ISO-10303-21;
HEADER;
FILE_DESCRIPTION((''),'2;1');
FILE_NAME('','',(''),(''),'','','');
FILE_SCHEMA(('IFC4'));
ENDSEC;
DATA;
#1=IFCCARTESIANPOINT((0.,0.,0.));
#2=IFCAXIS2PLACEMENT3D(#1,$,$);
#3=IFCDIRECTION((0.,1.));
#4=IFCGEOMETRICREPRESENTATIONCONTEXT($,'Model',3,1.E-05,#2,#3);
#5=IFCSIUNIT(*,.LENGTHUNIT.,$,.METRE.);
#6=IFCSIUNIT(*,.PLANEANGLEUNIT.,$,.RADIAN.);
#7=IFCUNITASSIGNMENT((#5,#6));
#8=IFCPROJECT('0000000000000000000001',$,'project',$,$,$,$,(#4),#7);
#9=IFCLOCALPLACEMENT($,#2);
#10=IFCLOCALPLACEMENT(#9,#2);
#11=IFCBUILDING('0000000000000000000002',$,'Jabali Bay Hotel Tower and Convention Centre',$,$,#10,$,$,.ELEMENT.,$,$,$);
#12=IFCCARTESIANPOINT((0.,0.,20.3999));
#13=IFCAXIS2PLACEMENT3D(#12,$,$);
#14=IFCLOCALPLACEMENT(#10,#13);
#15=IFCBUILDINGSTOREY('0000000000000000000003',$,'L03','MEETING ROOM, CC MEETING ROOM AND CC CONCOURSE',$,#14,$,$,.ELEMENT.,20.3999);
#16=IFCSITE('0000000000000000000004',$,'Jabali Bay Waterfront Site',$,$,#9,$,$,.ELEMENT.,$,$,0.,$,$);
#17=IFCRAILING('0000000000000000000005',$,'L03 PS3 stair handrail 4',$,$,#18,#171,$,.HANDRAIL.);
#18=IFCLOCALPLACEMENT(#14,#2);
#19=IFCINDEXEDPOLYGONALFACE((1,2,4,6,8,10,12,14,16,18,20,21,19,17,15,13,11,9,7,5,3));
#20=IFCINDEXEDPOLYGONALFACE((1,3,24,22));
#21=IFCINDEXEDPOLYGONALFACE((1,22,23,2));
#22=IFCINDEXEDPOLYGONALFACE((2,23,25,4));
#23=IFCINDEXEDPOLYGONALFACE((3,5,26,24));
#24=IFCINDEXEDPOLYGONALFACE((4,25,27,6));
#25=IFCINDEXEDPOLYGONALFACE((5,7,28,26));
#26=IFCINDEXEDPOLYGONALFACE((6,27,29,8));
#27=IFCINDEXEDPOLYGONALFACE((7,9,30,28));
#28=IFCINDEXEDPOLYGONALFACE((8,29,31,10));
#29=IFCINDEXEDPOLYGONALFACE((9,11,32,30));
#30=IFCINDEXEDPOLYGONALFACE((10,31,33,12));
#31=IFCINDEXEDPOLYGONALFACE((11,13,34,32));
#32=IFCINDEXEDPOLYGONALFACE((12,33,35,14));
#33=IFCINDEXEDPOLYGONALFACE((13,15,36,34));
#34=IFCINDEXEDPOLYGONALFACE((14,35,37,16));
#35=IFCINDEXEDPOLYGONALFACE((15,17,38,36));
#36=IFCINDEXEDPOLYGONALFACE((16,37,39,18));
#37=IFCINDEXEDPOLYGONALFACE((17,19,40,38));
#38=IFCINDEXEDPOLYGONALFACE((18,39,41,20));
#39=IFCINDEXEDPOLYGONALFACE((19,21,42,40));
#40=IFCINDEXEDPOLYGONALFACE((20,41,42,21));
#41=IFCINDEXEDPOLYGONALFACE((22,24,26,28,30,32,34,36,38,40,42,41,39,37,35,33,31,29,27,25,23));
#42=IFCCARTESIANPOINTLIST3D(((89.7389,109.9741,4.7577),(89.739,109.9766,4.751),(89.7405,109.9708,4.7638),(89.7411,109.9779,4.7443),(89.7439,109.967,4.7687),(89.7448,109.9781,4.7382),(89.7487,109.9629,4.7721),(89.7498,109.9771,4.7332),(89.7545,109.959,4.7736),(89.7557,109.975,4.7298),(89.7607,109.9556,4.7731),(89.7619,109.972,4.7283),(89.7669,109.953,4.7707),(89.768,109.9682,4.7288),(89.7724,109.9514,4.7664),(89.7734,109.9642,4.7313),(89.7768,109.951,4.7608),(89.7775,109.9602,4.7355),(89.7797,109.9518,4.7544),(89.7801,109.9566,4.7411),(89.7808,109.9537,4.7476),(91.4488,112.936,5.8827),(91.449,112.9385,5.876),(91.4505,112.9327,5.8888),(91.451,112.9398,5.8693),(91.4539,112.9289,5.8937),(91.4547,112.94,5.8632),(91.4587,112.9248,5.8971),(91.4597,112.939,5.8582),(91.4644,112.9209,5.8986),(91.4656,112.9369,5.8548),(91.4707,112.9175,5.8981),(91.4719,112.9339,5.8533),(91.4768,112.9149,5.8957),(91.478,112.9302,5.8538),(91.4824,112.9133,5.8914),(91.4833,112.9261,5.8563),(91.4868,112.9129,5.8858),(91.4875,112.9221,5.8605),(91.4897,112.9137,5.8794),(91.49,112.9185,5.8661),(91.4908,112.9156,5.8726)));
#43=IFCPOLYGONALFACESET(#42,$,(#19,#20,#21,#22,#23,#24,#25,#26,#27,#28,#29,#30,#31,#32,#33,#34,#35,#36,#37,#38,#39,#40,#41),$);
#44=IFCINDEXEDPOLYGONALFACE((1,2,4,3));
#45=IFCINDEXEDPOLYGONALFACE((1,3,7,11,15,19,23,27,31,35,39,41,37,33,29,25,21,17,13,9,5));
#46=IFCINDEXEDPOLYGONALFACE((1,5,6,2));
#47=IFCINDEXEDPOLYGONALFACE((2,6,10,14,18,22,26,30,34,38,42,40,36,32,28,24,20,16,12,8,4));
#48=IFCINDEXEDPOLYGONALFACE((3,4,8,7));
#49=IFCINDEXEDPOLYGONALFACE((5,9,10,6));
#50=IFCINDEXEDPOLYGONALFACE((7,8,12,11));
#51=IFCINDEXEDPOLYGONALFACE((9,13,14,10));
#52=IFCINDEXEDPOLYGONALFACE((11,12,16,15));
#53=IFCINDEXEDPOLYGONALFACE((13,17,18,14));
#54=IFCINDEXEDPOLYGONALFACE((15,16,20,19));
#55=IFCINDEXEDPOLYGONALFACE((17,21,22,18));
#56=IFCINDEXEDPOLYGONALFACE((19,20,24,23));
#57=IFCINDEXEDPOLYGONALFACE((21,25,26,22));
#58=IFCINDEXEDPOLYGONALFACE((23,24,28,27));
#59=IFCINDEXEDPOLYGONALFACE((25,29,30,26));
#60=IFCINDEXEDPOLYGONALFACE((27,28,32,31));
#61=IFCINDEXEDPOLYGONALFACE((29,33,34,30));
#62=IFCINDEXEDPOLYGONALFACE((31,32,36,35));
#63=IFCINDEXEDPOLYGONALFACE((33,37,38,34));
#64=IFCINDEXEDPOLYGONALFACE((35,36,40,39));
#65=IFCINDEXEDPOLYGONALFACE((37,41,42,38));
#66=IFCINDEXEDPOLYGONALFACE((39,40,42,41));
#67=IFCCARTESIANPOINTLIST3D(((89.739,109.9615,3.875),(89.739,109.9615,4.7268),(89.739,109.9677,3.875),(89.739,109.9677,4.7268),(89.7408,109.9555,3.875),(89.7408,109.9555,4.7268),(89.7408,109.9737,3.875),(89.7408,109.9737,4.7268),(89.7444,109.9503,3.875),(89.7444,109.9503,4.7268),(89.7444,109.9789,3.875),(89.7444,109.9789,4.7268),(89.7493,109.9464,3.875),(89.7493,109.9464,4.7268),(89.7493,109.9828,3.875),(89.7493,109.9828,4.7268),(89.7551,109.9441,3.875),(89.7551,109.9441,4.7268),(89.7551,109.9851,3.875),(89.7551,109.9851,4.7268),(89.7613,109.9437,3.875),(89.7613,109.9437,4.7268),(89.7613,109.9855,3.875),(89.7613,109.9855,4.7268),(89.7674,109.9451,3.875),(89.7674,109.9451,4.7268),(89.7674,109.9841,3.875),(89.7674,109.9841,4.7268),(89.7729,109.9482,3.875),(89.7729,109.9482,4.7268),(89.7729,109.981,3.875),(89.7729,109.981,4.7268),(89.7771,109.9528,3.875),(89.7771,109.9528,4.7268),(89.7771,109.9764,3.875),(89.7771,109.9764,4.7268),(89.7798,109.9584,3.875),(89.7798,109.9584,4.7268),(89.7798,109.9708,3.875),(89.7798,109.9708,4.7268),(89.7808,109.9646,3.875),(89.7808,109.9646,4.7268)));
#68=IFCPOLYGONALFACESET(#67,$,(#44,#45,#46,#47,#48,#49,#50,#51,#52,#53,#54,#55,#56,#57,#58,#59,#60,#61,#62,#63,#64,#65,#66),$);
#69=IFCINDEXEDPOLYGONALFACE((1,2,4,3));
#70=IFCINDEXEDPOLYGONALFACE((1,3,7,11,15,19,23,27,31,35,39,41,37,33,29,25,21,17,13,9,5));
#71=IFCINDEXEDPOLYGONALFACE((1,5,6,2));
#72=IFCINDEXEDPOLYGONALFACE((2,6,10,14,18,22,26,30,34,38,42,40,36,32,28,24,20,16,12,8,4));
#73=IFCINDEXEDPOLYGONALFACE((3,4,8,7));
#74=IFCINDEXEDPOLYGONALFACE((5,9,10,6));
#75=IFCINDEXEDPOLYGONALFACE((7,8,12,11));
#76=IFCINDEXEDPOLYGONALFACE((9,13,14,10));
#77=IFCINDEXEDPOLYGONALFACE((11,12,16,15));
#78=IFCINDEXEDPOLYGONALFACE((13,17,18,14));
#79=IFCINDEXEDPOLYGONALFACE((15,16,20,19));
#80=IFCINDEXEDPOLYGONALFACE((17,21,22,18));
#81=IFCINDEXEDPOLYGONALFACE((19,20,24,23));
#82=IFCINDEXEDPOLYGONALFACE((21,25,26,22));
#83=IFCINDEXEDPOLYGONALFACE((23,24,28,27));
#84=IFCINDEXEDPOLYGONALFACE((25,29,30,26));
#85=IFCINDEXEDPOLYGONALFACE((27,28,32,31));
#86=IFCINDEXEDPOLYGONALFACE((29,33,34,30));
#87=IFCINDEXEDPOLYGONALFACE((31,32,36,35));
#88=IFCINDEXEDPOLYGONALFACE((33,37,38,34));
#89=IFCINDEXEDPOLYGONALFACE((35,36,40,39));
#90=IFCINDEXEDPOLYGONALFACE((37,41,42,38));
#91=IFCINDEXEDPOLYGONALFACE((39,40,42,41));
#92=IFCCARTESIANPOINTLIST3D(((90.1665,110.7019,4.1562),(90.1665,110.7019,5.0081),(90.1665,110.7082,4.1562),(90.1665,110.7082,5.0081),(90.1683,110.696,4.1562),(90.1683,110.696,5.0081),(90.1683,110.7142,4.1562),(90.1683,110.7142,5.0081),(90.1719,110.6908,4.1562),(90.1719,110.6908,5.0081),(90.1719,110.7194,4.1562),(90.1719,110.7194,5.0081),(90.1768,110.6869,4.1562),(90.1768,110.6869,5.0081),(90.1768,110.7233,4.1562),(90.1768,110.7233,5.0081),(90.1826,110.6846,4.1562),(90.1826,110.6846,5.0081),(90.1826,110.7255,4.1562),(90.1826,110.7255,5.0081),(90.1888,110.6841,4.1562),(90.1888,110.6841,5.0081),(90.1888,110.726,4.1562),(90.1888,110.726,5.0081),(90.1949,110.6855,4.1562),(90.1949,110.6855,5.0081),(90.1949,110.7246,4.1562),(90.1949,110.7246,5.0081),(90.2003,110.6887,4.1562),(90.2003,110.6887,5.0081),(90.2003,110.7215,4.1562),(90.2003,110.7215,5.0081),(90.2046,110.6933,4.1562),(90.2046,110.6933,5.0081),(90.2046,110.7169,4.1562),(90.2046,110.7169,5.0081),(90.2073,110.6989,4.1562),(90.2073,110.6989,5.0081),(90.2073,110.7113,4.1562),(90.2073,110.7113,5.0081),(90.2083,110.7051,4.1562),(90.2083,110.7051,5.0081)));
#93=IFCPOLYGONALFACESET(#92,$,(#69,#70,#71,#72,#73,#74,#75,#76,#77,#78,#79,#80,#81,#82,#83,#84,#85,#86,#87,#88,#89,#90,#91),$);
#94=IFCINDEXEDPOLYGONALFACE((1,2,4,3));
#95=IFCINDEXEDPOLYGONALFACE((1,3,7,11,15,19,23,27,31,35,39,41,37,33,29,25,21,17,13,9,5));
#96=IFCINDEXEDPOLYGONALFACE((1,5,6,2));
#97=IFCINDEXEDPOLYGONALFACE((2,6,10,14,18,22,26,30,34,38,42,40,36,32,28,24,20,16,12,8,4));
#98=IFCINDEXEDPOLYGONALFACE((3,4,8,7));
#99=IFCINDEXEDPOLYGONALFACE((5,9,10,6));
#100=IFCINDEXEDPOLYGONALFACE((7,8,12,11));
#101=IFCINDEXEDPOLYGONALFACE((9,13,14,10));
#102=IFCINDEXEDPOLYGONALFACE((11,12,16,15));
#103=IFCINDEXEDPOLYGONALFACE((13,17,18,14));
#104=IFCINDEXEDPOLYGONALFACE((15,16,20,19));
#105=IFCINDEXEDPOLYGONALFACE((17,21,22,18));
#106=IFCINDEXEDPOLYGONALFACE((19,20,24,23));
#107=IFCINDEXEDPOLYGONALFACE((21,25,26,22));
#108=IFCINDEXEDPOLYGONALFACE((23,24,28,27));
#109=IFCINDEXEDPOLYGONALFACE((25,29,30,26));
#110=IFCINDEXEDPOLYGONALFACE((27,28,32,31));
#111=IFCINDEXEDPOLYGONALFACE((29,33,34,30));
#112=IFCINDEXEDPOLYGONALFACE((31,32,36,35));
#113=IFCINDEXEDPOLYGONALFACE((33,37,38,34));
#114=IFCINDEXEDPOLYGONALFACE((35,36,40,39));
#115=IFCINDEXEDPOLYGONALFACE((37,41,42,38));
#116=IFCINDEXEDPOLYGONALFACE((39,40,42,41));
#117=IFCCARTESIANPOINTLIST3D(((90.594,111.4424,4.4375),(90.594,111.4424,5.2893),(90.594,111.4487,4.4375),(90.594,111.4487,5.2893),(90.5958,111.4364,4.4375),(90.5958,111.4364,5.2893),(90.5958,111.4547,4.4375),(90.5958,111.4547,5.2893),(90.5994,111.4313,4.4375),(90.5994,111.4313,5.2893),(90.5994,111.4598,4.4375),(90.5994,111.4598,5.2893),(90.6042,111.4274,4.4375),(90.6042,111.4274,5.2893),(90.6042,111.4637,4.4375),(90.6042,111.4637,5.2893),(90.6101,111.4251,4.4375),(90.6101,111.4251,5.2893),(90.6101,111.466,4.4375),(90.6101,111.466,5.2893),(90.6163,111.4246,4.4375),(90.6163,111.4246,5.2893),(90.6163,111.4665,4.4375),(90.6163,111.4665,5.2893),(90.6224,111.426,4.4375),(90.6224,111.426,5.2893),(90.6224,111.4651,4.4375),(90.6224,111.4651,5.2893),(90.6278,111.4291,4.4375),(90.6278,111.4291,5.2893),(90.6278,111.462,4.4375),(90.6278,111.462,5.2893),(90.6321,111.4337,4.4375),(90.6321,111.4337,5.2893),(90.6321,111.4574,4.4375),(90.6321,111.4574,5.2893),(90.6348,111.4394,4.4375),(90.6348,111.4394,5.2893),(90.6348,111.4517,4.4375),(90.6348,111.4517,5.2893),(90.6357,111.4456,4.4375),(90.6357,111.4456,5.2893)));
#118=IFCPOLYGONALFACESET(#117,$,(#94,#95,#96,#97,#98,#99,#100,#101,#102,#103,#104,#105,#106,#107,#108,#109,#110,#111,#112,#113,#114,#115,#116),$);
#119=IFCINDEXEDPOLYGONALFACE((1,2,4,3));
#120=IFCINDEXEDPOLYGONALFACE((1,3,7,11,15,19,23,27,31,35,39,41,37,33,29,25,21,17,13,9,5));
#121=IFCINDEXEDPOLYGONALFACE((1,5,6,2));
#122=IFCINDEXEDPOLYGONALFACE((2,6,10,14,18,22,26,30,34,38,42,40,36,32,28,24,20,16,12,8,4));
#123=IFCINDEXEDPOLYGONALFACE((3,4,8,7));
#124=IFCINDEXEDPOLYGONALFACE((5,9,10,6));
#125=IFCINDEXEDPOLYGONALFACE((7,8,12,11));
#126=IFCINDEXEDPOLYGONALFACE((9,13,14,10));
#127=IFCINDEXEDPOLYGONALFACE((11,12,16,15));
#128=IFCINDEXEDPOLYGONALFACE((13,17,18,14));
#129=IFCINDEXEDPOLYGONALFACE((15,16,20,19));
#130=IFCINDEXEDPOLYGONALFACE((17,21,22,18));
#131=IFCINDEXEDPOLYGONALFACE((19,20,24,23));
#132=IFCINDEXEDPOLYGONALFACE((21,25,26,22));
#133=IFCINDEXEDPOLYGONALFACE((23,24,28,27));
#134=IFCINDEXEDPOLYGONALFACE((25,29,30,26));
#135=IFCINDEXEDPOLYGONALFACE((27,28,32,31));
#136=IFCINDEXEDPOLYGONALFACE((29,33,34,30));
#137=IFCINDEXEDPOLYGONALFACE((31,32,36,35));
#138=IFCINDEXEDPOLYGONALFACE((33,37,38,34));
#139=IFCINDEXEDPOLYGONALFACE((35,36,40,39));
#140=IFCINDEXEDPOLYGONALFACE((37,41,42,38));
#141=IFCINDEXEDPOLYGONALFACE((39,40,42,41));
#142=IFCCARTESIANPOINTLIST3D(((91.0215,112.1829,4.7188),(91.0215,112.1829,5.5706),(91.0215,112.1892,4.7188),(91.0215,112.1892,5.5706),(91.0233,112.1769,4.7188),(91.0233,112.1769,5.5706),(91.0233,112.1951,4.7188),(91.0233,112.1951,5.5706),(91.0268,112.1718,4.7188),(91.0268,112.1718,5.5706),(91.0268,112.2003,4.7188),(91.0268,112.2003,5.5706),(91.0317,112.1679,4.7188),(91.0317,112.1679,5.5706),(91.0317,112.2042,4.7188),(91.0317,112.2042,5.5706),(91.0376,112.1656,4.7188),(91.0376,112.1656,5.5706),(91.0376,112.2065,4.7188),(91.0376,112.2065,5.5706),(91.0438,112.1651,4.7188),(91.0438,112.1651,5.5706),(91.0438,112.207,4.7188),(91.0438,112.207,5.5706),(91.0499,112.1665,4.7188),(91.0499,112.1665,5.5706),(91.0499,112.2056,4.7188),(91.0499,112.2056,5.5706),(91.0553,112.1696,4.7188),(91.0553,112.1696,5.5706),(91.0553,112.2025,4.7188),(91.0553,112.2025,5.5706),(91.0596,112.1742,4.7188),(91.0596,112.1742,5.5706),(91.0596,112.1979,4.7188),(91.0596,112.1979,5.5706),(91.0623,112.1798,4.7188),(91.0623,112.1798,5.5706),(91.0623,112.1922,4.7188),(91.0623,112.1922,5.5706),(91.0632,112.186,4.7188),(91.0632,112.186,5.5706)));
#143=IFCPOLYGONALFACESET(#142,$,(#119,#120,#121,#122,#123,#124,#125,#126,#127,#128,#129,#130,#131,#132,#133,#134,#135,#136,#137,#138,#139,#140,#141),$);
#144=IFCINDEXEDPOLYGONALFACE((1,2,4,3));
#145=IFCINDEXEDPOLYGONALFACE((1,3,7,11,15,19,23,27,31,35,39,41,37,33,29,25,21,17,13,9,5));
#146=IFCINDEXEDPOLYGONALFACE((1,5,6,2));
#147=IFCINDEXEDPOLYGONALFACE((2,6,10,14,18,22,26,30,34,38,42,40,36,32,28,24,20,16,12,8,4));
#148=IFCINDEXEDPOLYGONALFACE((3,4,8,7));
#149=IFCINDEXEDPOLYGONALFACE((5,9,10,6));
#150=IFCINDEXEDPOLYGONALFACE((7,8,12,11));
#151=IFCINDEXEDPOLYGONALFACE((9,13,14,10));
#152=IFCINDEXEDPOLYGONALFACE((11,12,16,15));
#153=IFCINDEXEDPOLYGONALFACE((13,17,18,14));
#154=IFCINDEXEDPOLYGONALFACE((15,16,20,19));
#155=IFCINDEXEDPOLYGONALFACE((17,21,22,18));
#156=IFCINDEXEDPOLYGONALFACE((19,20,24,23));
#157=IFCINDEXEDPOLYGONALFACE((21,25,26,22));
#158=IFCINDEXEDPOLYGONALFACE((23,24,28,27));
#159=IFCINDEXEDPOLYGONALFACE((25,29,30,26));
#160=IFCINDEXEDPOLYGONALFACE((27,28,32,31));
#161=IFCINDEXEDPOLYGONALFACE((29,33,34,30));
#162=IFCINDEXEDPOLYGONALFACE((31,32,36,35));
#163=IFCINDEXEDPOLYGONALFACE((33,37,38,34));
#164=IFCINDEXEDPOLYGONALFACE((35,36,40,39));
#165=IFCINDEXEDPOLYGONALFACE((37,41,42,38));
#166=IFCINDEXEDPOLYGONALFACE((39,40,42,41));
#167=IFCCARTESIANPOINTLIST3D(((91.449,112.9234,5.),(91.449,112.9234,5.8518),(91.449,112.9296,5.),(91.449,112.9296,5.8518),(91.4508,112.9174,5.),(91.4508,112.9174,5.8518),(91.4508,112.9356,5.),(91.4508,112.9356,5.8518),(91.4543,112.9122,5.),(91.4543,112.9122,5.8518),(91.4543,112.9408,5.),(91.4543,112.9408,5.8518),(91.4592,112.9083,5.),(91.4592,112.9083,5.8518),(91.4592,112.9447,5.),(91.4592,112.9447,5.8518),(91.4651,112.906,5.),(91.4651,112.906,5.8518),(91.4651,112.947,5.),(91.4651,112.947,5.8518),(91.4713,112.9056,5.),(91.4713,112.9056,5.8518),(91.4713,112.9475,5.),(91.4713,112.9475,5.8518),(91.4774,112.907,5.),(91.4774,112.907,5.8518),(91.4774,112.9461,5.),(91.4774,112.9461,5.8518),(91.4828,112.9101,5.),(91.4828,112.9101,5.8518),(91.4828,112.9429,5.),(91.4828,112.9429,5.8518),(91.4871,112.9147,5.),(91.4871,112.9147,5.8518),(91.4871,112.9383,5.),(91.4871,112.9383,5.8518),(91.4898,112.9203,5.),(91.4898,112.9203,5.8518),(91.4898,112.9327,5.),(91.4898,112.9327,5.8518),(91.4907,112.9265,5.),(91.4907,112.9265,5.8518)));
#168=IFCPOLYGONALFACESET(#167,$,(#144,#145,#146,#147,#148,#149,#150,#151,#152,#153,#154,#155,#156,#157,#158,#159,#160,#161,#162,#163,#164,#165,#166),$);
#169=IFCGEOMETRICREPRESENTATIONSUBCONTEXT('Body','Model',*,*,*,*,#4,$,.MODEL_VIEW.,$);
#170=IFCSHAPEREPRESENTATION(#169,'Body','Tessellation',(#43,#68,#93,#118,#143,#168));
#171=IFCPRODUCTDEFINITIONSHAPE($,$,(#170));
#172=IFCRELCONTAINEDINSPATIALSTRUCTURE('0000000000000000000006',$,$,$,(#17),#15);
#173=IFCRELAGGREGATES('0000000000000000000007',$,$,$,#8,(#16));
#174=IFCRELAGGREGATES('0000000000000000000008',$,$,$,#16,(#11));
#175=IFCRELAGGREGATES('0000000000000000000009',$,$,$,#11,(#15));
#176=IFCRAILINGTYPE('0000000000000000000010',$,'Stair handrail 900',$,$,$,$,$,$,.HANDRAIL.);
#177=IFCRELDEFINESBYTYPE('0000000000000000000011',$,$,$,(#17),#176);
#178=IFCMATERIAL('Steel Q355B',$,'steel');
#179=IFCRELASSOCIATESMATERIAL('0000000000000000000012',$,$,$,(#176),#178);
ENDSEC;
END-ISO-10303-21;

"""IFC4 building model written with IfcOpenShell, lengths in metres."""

from ifc_helpers import new_model, si_unit, direction, frame, origin, origin_2d, place, context, subcontext, project, spatial, circle, extrude, material, type_object, element, save


model = new_model("IFC4")

# Units and contexts
model_context = context("Model", 3, precision=1e-05, world=origin(), true_north=direction((0.0, 1.0)))
body_context = subcontext(model_context, "Body", "Model", "MODEL_VIEW")
ifc_project = project(units=[si_unit("LENGTHUNIT", "METRE"), si_unit("PLANEANGLEUNIT", "RADIAN")], contexts=[model_context])

# Site, building, storey
site_placement = place(None, origin())
site = spatial("IfcSite", under=ifc_project, at=site_placement, Name="Jabali Bay Waterfront Site", CompositionType="ELEMENT", RefElevation=0.0)
building_placement = place(site_placement, origin())
building = spatial("IfcBuilding", under=site, at=building_placement, Name="Jabali Bay Hotel Tower and Convention Centre", CompositionType="ELEMENT")
storey_placement = place(building_placement, frame((0.0, 0.0, 20.3999)))
storey = spatial("IfcBuildingStorey", under=building, at=storey_placement, Name="L03", Description="MEETING ROOM, CC MEETING ROOM AND CC CONCOURSE", CompositionType="ELEMENT", Elevation=20.3999)

# Railing
ifc_material_1 = material(Name="Steel Q355B", Category="steel")
railing_type_1 = type_object("IfcRailingType", Name="Stair handrail 900", PredefinedType="HANDRAIL", material=ifc_material_1)
for number, where, name in (
    (1, (89.7598, 109.9646, 3.875), "L03 PS3 stair handrail 4"),
):
    element("IfcRailing", number, at=place(storey_placement, frame(where)), inside=storey, type_object=railing_type_1, Name=name, PredefinedType="HANDRAIL", context=body_context, shape_type="SweptSolid", body=[
        extrude(circle(Radius=0.0239, at=origin_2d()), frame((0.0, 0.0, 0.876), z_axis=(0.474943, 0.822674, 0.31247), x_axis=(-0.866038, 0.499978, 0.0)), (0.0, 0.0, 1.0), 3.6003),
        extrude(circle(Radius=0.021, at=origin_2d()), origin(), (0.0, 0.0, 1.0), 0.8518),
        extrude(circle(Radius=0.021, at=origin_2d()), frame((0.4275, 0.7405, 0.2812)), (0.0, 0.0, 1.0), 0.8518),
        extrude(circle(Radius=0.021, at=origin_2d()), frame((0.855, 1.481, 0.5625)), (0.0, 0.0, 1.0), 0.8518),
        extrude(circle(Radius=0.021, at=origin_2d()), frame((1.2825, 2.2214, 0.8438)), (0.0, 0.0, 1.0), 0.8518),
        extrude(circle(Radius=0.021, at=origin_2d()), frame((1.71, 2.9619, 1.125)), (0.0, 0.0, 1.0), 0.8518),
    ])

save(model, "model.ifc")
